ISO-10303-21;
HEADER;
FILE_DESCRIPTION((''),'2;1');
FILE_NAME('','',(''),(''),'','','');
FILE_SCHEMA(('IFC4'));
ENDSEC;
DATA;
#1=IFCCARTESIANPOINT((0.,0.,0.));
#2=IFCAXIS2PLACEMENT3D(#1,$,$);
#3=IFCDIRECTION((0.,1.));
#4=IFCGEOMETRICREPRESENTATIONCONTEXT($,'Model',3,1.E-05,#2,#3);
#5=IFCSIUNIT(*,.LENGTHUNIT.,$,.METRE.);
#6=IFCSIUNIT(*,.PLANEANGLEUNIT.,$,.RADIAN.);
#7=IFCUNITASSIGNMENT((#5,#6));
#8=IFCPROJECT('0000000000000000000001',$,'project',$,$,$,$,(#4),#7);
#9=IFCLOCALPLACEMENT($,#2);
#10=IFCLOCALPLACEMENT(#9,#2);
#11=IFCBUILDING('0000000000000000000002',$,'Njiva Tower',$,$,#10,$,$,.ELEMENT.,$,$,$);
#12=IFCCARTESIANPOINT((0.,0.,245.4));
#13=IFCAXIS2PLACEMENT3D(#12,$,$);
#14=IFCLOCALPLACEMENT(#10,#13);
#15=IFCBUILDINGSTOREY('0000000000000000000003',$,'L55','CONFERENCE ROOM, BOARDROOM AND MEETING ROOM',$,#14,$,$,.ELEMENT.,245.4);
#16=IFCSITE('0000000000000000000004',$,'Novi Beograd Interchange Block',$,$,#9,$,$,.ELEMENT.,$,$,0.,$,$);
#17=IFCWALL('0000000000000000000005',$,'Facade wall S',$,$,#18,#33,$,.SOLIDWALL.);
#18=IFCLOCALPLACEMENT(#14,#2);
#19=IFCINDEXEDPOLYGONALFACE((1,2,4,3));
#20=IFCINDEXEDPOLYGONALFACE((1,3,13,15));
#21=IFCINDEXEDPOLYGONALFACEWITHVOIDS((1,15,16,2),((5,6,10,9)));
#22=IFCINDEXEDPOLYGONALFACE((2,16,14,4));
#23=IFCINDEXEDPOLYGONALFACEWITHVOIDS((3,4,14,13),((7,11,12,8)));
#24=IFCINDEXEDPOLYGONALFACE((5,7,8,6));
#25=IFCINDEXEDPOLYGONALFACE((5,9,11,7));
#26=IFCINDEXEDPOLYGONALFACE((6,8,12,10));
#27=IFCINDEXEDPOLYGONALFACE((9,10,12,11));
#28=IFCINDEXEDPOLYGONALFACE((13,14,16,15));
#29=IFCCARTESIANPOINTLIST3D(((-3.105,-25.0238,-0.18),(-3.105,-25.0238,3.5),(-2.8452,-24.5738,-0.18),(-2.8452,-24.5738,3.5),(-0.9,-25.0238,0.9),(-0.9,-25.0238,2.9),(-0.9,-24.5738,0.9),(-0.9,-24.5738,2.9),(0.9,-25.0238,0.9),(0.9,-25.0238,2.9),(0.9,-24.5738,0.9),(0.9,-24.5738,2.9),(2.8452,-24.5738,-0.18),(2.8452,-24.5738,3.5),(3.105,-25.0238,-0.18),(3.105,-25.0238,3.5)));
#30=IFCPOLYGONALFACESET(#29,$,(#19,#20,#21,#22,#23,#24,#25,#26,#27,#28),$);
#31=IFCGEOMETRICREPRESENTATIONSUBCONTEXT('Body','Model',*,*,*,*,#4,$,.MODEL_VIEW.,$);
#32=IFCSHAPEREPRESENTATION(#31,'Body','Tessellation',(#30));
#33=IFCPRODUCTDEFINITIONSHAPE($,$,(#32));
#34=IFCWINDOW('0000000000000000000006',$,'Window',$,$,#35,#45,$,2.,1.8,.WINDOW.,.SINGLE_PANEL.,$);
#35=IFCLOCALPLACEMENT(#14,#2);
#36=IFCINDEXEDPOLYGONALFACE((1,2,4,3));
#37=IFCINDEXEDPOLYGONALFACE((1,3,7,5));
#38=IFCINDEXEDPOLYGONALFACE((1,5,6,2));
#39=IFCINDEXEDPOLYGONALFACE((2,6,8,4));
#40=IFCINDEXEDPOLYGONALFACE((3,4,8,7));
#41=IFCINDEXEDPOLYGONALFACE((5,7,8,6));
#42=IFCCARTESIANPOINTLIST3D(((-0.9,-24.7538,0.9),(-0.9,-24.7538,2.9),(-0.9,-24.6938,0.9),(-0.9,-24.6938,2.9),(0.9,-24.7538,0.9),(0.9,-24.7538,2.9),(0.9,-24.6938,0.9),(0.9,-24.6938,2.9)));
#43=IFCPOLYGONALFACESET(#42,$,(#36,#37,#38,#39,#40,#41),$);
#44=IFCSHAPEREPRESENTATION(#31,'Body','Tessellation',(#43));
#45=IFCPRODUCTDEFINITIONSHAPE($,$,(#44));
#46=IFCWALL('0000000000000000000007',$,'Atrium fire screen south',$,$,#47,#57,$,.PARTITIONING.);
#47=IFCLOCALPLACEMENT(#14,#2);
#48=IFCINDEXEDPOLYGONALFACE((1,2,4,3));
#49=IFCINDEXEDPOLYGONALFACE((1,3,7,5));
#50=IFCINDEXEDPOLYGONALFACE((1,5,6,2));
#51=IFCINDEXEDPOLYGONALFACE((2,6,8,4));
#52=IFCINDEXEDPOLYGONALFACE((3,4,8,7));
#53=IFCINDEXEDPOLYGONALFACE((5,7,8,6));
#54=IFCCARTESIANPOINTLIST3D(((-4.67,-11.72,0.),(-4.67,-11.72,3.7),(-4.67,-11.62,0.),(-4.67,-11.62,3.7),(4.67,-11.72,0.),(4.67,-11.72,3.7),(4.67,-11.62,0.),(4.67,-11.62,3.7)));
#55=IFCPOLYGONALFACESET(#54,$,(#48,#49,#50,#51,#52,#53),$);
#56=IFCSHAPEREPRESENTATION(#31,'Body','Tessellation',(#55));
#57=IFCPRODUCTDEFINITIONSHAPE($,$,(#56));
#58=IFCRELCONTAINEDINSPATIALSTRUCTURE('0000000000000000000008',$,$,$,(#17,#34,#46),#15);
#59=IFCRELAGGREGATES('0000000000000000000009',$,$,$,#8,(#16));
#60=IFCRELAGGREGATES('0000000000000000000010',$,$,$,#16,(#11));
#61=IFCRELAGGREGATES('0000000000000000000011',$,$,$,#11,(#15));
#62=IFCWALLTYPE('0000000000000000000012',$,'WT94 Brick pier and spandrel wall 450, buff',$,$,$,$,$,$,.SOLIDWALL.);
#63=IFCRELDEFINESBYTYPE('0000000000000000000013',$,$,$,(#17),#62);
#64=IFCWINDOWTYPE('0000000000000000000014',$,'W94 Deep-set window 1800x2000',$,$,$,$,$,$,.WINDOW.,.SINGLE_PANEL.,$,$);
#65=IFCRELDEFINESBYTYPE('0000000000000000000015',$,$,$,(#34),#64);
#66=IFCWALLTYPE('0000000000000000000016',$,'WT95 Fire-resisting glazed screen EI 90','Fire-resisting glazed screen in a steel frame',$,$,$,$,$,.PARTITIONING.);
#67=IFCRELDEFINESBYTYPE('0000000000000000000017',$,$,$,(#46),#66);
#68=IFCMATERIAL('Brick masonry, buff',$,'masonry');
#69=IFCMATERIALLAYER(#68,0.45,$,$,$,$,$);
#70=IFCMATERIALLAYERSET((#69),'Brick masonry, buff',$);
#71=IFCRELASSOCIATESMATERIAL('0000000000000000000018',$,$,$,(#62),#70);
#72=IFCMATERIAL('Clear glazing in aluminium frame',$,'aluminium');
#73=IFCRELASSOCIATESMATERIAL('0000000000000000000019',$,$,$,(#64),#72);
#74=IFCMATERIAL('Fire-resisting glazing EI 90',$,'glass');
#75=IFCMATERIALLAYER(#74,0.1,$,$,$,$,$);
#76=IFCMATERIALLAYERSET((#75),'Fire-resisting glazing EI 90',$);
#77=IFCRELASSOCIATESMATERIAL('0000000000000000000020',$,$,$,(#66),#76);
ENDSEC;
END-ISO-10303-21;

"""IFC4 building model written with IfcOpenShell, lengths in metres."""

from ifc_helpers import new_model, si_unit, direction, frame, frame_2d, origin, place, context, subcontext, project, spatial, polyline, rectangle, outline, extrude, material, layer, layer_set, type_object, element, fill, save


model = new_model("IFC4")

# Units and contexts
model_context = context("Model", 3, precision=1e-05, world=origin(), true_north=direction((0.0, 1.0)))
body_context = subcontext(model_context, "Body", "Model", "MODEL_VIEW")
ifc_project = project(units=[si_unit("LENGTHUNIT", "METRE"), si_unit("PLANEANGLEUNIT", "RADIAN")], contexts=[model_context])

# Site, building, storey
site_placement = place(None, origin())
site = spatial("IfcSite", under=ifc_project, at=site_placement, Name="Novi Beograd Interchange Block", CompositionType="ELEMENT", RefElevation=0.0)
building_placement = place(site_placement, origin())
building = spatial("IfcBuilding", under=site, at=building_placement, Name="Njiva Tower", CompositionType="ELEMENT")
storey_placement = place(building_placement, frame((0.0, 0.0, 245.4)))
storey = spatial("IfcBuildingStorey", under=building, at=storey_placement, Name="L55", Description="CONFERENCE ROOM, BOARDROOM AND MEETING ROOM", CompositionType="ELEMENT", Elevation=245.4)

# Wall, opening, window
ifc_material_1 = material(Name="Brick masonry, buff", Category="masonry")
ifc_layer_1 = layer(ifc_material_1, 0.45)
ifc_layer_set_1 = layer_set([ifc_layer_1], Name="Brick masonry, buff")
wall_type_1 = type_object("IfcWallType", Name="WT94 Brick pier and spandrel wall 450, buff", PredefinedType="SOLIDWALL", material=ifc_layer_set_1)
wall_1_placement = place(storey_placement, frame((-2.9751, -24.7988, -0.18), z_axis=(0.0, 0.0, 1.0), x_axis=(1.0, 0.0, 0.0)))
wall_1 = element("IfcWall", 1, at=wall_1_placement, inside=storey, type_object=wall_type_1, Name="Facade wall S", PredefinedType="SOLIDWALL", context=body_context, shape_type="SweptSolid", body=[
    extrude(outline(polyline([(-0.1299, -0.225), (6.0801, -0.225), (5.8203, 0.225), (0.1299, 0.225), (-0.1299, -0.225)])), origin(), (0.0, 0.0, 1.0), 3.68),
])
opening_1_placement = place(wall_1_placement, frame((2.0751, 0.0, 1.08)))
opening_1 = element("IfcOpeningElement", 2, at=opening_1_placement, cuts=wall_1, PredefinedType="OPENING", context=body_context, shape_type="SweptSolid", body=[
    extrude(rectangle(XDim=1.8, YDim=2.0, at=frame_2d((0.9, 1.0))), frame((0.0, 0.235, 0.0), z_axis=(0.0, -1.0, 0.0), x_axis=(1.0, 0.0, 0.0)), (0.0, 0.0, 1.0), 0.47),
])
ifc_material_2 = material(Name="Clear glazing in aluminium frame", Category="aluminium")
window_type = type_object("IfcWindowType", Name="W94 Deep-set window 1800x2000", PartitioningType="SINGLE_PANEL", PredefinedType="WINDOW", material=ifc_material_2)
window_placement = place(opening_1_placement, origin())
window = element("IfcWindow", 3, at=window_placement, inside=storey, type_object=window_type, Name="Window", OverallHeight=2.0, OverallWidth=1.8, PartitioningType="SINGLE_PANEL", PredefinedType="WINDOW", context=body_context, shape_type="SweptSolid", body=[
    extrude(rectangle(XDim=1.8, YDim=2.0, at=frame_2d((0.9, 1.0))), frame((0.0, 0.105, 0.0), z_axis=(0.0, -1.0, 0.0), x_axis=(1.0, 0.0, 0.0)), (0.0, 0.0, 1.0), 0.06),
])
fill(opening_1, window)

# Wall
ifc_material_3 = material(Name="Fire-resisting glazing EI 90", Category="glass")
ifc_layer_2 = layer(ifc_material_3, 0.1)
ifc_layer_set_2 = layer_set([ifc_layer_2], Name="Fire-resisting glazing EI 90")
wall_type_2 = type_object("IfcWallType", Name="WT95 Fire-resisting glazed screen EI 90", Description="Fire-resisting glazed screen in a steel frame", PredefinedType="PARTITIONING", material=ifc_layer_set_2)
wall_2_placement = place(storey_placement, frame((-4.67, -11.67, 0.0), z_axis=(0.0, 0.0, 1.0), x_axis=(1.0, 0.0, 0.0)))
element("IfcWall", 4, at=wall_2_placement, inside=storey, type_object=wall_type_2, Name="Atrium fire screen south", PredefinedType="PARTITIONING", context=body_context, shape_type="SweptSolid", body=[
    extrude(rectangle(XDim=9.34, YDim=0.1, at=frame_2d((4.67, 0.0))), origin(), (0.0, 0.0, 1.0), 3.7),
])

save(model, "model.ifc")
